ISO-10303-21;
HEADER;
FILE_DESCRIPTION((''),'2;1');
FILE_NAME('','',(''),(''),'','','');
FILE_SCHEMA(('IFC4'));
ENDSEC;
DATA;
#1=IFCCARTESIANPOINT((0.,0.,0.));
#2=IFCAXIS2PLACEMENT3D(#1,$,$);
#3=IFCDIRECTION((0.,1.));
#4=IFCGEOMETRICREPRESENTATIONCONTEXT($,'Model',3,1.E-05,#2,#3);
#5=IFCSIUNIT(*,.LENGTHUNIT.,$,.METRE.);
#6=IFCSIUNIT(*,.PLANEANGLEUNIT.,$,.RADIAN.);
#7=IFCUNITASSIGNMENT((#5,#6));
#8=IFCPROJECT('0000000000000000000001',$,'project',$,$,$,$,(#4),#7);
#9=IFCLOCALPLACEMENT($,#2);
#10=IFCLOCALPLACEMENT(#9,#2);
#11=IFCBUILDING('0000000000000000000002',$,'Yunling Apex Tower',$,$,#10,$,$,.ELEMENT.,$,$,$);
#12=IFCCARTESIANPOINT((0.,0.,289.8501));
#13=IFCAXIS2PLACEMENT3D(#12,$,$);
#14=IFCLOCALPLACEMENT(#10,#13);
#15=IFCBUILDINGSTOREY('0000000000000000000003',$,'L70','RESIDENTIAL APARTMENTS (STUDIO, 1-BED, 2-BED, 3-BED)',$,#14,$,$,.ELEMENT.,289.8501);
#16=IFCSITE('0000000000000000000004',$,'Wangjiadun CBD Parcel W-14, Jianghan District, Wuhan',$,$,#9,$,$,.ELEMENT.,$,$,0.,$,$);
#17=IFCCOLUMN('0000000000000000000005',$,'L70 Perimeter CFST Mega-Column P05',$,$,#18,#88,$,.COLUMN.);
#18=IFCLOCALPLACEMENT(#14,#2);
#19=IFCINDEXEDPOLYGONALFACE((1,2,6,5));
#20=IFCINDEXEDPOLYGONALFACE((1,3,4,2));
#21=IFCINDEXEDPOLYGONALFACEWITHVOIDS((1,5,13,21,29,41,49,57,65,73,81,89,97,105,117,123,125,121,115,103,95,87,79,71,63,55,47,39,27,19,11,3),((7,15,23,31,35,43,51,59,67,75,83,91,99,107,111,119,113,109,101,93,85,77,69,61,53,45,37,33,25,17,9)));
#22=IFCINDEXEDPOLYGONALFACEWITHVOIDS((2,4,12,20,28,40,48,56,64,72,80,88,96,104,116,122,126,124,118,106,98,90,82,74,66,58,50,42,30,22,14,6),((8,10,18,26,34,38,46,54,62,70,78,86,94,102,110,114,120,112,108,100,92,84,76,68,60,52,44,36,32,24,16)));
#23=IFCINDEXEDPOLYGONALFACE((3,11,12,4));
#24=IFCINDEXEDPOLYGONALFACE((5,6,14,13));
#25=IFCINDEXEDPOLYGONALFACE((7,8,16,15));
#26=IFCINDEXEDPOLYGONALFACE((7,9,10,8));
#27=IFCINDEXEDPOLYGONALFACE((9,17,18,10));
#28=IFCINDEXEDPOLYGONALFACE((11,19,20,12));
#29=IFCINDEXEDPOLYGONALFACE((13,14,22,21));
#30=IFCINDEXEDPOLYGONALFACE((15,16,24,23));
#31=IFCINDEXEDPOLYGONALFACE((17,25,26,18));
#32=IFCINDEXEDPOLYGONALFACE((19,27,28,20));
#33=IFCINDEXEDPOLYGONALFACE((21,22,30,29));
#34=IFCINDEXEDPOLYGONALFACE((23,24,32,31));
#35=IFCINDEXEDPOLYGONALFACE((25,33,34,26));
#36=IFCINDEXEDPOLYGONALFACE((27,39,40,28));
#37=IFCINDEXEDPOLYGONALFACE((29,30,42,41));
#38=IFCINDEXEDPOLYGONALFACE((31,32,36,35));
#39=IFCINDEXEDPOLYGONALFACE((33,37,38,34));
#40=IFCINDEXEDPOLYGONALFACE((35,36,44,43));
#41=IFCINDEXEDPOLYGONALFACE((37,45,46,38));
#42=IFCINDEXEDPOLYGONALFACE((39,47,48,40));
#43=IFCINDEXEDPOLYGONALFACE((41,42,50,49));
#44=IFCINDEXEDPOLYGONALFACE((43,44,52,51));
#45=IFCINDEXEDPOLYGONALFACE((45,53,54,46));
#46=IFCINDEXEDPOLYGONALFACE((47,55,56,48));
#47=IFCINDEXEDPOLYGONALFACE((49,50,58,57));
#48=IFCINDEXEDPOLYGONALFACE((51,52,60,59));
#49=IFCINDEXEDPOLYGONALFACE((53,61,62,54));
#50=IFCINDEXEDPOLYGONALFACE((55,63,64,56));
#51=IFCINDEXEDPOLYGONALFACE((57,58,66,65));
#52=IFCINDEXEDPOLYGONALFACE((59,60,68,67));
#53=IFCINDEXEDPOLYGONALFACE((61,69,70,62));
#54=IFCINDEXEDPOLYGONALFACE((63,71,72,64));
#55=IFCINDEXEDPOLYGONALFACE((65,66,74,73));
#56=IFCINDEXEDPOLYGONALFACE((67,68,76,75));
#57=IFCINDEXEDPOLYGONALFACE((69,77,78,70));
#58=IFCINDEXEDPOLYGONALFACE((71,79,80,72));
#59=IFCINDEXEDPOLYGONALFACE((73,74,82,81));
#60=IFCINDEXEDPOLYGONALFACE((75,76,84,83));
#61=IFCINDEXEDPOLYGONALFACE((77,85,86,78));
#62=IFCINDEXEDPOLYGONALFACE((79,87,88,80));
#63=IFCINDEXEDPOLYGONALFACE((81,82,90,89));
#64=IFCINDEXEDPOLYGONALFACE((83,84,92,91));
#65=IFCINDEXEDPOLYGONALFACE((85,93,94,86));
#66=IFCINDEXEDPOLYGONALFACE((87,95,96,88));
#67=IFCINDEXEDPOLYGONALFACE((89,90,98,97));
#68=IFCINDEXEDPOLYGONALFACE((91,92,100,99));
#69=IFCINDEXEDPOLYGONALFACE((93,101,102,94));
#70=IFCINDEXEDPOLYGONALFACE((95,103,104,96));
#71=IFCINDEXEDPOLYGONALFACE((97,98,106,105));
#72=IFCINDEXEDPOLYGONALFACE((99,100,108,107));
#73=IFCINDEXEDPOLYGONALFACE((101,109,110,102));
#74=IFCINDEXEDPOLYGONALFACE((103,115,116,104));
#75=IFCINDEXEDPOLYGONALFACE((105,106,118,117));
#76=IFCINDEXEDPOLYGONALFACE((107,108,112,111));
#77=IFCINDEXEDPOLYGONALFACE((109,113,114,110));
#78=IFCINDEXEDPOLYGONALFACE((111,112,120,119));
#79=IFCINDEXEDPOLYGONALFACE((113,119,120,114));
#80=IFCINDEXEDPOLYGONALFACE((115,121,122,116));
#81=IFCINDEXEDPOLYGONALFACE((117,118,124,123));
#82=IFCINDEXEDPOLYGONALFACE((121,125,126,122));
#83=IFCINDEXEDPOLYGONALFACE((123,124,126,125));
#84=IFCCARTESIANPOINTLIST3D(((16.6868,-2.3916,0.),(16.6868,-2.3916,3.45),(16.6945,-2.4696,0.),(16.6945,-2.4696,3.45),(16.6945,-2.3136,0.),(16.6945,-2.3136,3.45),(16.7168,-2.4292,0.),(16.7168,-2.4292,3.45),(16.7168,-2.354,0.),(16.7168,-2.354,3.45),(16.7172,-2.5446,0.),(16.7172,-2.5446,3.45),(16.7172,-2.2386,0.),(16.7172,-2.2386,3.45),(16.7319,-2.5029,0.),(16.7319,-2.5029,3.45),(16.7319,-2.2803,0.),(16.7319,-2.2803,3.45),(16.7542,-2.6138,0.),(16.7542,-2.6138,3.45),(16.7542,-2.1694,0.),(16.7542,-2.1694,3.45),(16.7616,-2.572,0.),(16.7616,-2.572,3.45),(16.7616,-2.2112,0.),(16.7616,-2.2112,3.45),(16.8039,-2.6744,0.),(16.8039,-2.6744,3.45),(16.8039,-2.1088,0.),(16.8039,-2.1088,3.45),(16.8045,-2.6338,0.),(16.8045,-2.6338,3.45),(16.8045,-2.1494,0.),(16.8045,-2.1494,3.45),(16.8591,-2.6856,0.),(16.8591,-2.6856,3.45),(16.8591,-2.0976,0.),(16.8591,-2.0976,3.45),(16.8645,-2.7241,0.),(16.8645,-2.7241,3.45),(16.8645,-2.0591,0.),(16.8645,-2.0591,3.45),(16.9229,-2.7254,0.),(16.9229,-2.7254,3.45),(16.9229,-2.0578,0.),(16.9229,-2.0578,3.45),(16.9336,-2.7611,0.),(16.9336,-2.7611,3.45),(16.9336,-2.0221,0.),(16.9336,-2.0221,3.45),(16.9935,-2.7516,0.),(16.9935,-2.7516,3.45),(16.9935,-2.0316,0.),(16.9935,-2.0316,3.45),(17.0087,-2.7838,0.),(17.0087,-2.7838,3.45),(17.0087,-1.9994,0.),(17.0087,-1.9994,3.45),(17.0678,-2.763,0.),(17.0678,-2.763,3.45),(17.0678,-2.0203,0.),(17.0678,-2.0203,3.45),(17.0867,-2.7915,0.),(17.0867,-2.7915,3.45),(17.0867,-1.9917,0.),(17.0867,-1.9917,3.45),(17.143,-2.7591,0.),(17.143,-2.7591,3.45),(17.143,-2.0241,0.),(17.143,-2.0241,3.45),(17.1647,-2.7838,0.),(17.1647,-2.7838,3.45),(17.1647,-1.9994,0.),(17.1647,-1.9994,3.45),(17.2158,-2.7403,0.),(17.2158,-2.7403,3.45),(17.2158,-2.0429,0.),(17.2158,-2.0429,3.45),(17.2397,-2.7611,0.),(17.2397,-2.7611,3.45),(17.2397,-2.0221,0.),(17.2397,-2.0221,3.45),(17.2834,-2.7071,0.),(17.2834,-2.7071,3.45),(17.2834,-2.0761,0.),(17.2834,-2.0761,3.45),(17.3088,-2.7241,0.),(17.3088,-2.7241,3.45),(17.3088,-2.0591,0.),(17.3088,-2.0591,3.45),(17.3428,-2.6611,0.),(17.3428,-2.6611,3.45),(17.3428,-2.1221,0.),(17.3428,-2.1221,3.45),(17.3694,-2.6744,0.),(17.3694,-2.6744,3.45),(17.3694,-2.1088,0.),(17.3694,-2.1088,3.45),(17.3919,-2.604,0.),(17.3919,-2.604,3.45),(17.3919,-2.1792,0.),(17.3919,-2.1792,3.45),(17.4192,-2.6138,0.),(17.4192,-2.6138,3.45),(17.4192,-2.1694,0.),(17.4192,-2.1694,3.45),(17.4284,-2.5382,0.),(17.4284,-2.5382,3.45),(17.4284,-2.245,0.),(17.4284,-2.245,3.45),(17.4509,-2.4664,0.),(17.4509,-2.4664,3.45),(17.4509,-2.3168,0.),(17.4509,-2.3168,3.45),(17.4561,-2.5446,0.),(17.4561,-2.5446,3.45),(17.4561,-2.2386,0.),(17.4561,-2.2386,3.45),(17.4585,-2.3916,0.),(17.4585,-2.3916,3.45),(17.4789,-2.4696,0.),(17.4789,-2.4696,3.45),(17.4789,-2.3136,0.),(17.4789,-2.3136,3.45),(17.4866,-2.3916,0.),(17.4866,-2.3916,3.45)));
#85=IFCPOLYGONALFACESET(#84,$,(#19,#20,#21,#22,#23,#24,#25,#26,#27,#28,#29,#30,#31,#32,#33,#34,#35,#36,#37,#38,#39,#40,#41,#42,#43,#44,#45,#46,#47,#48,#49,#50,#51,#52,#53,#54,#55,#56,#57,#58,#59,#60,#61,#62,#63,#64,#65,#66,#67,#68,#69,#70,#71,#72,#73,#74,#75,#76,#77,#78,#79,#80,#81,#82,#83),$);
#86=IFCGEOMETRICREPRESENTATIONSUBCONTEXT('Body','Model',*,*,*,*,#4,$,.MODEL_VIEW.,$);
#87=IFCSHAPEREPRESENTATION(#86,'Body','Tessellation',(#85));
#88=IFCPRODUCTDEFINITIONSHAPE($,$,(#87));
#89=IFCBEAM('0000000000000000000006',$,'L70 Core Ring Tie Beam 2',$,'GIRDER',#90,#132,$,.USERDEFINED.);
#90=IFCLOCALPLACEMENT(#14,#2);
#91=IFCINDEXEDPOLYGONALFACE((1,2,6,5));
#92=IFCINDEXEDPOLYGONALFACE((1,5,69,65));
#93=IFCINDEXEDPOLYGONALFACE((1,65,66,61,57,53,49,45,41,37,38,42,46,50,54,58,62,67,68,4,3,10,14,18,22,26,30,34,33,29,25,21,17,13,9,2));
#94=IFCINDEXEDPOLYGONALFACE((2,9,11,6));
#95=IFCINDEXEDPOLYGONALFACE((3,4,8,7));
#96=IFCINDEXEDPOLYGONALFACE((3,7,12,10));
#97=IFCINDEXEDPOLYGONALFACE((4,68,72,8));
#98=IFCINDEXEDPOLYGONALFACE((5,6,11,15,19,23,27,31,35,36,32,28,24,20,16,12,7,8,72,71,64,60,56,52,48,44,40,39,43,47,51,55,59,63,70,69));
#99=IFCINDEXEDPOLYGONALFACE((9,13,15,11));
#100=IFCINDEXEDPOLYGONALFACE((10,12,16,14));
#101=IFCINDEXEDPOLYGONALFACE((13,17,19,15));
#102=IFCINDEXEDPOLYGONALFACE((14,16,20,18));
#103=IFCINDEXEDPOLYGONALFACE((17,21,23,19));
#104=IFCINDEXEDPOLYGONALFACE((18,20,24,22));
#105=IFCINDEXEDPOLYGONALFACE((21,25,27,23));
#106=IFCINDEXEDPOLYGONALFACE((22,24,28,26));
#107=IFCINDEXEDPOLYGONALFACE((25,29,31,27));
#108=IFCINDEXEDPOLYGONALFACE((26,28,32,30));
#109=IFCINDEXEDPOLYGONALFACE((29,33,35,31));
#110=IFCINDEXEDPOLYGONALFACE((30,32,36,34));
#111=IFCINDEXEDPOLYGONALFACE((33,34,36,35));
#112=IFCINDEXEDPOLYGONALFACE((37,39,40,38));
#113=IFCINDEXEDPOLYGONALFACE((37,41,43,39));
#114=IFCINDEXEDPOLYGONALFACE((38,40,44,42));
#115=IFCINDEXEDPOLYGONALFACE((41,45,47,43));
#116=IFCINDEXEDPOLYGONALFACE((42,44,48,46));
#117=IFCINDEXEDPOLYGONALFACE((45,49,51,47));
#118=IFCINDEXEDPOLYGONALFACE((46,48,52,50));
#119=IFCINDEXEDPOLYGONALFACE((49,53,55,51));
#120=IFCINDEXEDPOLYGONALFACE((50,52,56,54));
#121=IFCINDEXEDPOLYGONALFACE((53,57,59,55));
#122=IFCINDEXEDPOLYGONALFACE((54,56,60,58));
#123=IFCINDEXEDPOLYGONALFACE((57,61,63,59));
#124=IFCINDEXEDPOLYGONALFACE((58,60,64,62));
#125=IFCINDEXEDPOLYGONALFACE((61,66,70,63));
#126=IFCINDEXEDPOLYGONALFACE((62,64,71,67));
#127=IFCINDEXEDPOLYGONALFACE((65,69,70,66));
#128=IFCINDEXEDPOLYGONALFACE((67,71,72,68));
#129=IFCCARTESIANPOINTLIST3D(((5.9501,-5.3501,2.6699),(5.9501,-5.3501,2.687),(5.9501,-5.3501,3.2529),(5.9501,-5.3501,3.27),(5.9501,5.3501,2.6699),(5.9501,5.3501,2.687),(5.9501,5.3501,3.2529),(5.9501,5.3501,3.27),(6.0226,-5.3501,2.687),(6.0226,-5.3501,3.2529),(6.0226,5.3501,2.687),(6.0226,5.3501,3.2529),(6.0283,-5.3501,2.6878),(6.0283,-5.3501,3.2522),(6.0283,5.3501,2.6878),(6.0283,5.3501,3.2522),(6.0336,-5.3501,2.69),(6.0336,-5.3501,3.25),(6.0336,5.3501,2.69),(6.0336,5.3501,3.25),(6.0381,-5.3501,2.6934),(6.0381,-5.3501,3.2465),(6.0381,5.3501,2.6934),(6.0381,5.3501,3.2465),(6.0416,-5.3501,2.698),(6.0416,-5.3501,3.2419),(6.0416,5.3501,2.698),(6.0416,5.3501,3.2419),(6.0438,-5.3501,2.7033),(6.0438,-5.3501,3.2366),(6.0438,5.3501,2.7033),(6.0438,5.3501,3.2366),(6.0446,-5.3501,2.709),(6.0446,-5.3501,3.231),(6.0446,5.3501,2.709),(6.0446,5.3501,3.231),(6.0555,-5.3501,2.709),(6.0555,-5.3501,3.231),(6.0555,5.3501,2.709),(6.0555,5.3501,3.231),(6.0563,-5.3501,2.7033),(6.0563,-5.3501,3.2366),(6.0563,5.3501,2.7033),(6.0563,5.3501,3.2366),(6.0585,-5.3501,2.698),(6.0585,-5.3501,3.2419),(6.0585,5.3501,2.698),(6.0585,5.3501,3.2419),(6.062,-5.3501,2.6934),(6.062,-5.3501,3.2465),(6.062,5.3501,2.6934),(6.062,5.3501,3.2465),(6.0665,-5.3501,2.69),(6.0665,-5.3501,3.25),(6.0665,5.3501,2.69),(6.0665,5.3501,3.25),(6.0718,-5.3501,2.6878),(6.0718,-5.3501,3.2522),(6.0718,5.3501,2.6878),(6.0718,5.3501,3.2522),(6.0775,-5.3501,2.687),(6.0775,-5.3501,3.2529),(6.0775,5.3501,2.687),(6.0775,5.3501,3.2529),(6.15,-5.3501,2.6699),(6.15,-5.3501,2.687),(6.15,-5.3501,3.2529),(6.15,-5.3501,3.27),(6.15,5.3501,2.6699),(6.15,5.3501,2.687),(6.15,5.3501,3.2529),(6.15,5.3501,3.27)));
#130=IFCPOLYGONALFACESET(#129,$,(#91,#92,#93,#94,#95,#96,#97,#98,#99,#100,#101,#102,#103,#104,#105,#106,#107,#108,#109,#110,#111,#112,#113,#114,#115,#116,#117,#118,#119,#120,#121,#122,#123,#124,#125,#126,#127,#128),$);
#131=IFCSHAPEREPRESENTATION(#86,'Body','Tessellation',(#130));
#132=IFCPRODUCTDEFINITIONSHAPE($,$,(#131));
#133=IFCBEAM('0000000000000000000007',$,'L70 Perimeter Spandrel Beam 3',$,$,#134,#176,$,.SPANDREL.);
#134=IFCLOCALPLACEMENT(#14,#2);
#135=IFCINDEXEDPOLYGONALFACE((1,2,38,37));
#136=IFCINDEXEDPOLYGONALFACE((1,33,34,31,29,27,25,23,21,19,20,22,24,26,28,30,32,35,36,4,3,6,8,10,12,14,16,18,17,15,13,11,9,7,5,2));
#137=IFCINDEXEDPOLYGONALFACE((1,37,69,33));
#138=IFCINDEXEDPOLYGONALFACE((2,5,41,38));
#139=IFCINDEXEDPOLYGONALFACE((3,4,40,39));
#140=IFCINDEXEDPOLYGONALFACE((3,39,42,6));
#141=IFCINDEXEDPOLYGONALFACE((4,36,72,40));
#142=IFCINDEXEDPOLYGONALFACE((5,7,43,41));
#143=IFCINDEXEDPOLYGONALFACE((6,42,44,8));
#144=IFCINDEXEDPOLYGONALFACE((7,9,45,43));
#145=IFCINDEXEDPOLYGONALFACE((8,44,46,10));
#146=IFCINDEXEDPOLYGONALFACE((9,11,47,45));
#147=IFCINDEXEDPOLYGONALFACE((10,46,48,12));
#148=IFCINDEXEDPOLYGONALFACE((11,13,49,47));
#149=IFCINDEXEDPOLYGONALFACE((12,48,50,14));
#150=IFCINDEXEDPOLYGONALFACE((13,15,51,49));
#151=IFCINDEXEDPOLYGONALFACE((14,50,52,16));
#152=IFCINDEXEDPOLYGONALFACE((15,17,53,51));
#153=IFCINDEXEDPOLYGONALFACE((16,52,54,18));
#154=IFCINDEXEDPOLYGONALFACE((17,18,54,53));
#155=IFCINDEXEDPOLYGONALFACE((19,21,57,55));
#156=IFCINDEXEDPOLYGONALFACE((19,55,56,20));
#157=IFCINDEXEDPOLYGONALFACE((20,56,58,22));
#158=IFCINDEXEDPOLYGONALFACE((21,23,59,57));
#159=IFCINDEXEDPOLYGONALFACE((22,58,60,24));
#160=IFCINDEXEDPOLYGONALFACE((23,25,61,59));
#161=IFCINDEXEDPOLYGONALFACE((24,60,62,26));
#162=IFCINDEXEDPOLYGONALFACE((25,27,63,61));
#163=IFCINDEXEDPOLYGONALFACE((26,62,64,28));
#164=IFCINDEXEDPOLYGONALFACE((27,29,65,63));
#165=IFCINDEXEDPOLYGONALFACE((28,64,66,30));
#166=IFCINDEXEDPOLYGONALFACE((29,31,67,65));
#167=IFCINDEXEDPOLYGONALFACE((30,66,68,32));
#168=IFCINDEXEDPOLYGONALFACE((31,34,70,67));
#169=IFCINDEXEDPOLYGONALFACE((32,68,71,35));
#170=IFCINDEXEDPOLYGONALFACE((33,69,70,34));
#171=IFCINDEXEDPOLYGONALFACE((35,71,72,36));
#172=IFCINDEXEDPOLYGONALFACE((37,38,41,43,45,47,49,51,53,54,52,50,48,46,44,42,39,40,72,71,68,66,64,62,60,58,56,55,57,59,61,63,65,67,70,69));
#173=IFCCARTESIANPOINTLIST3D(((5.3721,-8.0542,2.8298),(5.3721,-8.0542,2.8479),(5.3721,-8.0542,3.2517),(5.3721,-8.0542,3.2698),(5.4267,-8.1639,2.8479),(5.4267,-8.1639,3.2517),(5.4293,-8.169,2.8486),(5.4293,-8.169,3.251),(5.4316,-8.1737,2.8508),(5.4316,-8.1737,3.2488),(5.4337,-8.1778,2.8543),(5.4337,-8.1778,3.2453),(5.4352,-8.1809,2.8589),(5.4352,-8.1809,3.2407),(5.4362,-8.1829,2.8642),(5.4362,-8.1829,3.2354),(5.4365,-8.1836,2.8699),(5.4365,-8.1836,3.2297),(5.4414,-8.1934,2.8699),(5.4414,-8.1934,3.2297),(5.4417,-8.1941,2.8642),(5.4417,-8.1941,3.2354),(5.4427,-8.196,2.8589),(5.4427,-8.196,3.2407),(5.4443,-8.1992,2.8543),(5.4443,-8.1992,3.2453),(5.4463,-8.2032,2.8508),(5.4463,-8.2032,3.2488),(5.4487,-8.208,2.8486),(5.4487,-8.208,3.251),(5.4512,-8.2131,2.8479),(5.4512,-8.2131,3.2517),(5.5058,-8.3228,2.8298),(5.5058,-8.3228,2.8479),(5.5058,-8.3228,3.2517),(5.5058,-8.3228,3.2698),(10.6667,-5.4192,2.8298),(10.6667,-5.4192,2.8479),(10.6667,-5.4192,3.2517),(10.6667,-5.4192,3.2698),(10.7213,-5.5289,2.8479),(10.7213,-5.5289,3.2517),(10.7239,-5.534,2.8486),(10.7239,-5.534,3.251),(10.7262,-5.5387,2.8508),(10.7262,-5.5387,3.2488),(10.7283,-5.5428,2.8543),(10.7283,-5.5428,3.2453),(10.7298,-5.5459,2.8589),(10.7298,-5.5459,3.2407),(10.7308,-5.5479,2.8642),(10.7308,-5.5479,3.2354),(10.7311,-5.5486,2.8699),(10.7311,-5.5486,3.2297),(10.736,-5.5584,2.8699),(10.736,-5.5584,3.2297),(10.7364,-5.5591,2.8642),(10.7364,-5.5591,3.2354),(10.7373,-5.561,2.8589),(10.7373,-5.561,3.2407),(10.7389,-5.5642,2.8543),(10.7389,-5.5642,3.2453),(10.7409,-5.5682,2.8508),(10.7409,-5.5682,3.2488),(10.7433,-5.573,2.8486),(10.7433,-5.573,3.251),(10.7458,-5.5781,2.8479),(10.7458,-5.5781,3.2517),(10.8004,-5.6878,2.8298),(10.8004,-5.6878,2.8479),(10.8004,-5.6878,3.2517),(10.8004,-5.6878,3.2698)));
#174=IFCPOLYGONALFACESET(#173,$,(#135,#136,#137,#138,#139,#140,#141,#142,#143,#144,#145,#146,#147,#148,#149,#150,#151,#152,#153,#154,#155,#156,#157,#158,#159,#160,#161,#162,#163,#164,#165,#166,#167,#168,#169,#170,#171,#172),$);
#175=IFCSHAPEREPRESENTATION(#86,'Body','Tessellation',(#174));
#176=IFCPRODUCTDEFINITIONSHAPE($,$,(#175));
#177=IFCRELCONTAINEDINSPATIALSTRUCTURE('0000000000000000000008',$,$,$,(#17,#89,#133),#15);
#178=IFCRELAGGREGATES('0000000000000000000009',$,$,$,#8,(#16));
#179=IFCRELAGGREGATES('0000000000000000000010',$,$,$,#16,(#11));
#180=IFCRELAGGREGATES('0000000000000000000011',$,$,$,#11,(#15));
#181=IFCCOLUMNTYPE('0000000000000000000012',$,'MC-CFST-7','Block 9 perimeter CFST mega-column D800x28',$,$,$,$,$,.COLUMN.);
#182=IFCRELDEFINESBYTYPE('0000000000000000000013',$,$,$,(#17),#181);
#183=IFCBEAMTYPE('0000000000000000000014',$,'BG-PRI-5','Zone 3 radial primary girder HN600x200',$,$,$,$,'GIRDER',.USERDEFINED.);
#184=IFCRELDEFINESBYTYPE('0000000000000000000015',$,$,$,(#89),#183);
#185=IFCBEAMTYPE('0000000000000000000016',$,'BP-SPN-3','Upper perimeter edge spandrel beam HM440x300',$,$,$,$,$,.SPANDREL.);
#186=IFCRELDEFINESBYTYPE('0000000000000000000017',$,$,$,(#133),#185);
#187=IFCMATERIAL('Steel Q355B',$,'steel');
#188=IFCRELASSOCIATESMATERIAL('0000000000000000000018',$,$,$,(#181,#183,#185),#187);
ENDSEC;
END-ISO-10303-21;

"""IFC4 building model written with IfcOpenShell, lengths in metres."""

from ifc_helpers import new_model, si_unit, direction, frame, origin, origin_2d, place, context, subcontext, project, spatial, hollow_circle, i_section, extrude, source, transform, mapped, material, material_profile, profile_set, type_object, element, save


model = new_model("IFC4")

# Units and contexts
model_context = context("Model", 3, precision=1e-05, world=origin(), true_north=direction((0.0, 1.0)))
body_context = subcontext(model_context, "Body", "Model", "MODEL_VIEW")
ifc_project = project(units=[si_unit("LENGTHUNIT", "METRE"), si_unit("PLANEANGLEUNIT", "RADIAN")], contexts=[model_context])

# Site, building, storey
site_placement = place(None, origin())
site = spatial("IfcSite", under=ifc_project, at=site_placement, Name="Wangjiadun CBD Parcel W-14, Jianghan District, Wuhan", CompositionType="ELEMENT", RefElevation=0.0)
building_placement = place(site_placement, origin())
building = spatial("IfcBuilding", under=site, at=building_placement, Name="Yunling Apex Tower", CompositionType="ELEMENT")
storey_placement = place(building_placement, frame((0.0, 0.0, 289.8501)))
storey = spatial("IfcBuildingStorey", under=building, at=storey_placement, Name="L70", Description="RESIDENTIAL APARTMENTS (STUDIO, 1-BED, 2-BED, 3-BED)", CompositionType="ELEMENT", Elevation=289.8501)

# Column
ifc_material_1 = material(Name="Steel Q355B", Category="steel")
ifc_material_profile_1 = material_profile(ifc_material_1, hollow_circle(Radius=0.3999, WallThickness=0.0281, at=origin_2d()))
ifc_profile_set_1 = profile_set([ifc_material_profile_1], Name="Steel Q355B")
column_type_1 = type_object("IfcColumnType", Name="MC-CFST-7", Description="Block 9 perimeter CFST mega-column D800x28", PredefinedType="COLUMN", material=ifc_profile_set_1)
shared_shape_1 = source(origin(), body_context, "Body", "SweptSolid", [
    extrude(hollow_circle(Radius=0.3999, WallThickness=0.0281, at=origin_2d()), origin(), (0.0, 0.0, 1.0), 3.45),
])
for number, where, z_axis, x_axis, name in (
    (1, (17.0867, -2.3916, 0.0), (0.0, 0.0, 1.0), (1.0, 0.0, 0.0), "L70 Perimeter CFST Mega-Column P05"),
):
    element("IfcColumn", number, at=place(storey_placement, frame(where, z_axis=z_axis, x_axis=x_axis)), inside=storey, type_object=column_type_1, Name=name, PredefinedType="COLUMN", context=body_context, shape_type="MappedRepresentation", body=[
        mapped(shared_shape_1, transform((0.0, 0.0, 0.0), scale=1.0)),
    ])

# Beams
ifc_material_profile_2 = material_profile(ifc_material_1, i_section(OverallWidth=0.2, OverallDepth=0.6001, WebThickness=0.011, FlangeThickness=0.0171, FilletRadius=0.022, at=origin_2d()))
ifc_profile_set_2 = profile_set([ifc_material_profile_2], Name="Steel Q355B")
beam_type_1 = type_object("IfcBeamType", Name="BG-PRI-5", Description="Zone 3 radial primary girder HN600x200", ElementType="GIRDER", PredefinedType="USERDEFINED", material=ifc_profile_set_2)
shared_shape_2 = source(origin(), body_context, "Body", "SweptSolid", [
    extrude(i_section(OverallWidth=0.2, OverallDepth=0.6001, WebThickness=0.011, FlangeThickness=0.0171, FilletRadius=0.022, at=origin_2d()), origin(), (0.0, 0.0, 1.0), 10.7002),
])
beam_1_placement = place(storey_placement, frame((6.05, -5.3501, 2.97), z_axis=(0.0, 1.0, 0.0), x_axis=(-1.0, 0.0, 0.0)))
element("IfcBeam", 2, at=beam_1_placement, inside=storey, type_object=beam_type_1, Name="L70 Core Ring Tie Beam 2", ObjectType="GIRDER", PredefinedType="USERDEFINED", context=body_context, shape_type="MappedRepresentation", body=[
    mapped(shared_shape_2, transform((0.0, 0.0, 0.0), scale=1.0)),
])
ifc_material_profile_3 = material_profile(ifc_material_1, i_section(OverallWidth=0.3, OverallDepth=0.4399, WebThickness=0.011, FlangeThickness=0.0181, FilletRadius=0.022, at=origin_2d()))
ifc_profile_set_3 = profile_set([ifc_material_profile_3], Name="Steel Q355B")
beam_type_2 = type_object("IfcBeamType", Name="BP-SPN-3", Description="Upper perimeter edge spandrel beam HM440x300", PredefinedType="SPANDREL", material=ifc_profile_set_3)
shared_shape_3 = source(origin(), body_context, "Body", "SweptSolid", [
    extrude(i_section(OverallWidth=0.3, OverallDepth=0.4399, WebThickness=0.011, FlangeThickness=0.0181, FilletRadius=0.022, at=origin_2d()), origin(), (0.0, 0.0, 1.0), 5.9141),
])
for number, where, z_axis, x_axis, name in (
    (3, (5.439, -8.1885, 3.0498), (0.89526, 0.445545, 0.0), (-0.445545, 0.89526, 0.0), "L70 Perimeter Spandrel Beam 3"),
):
    element("IfcBeam", number, at=place(storey_placement, frame(where, z_axis=z_axis, x_axis=x_axis)), inside=storey, type_object=beam_type_2, Name=name, PredefinedType="SPANDREL", context=body_context, shape_type="MappedRepresentation", body=[
        mapped(shared_shape_3, transform((0.0, 0.0, 0.0), scale=1.0)),
    ])

save(model, "model.ifc")
